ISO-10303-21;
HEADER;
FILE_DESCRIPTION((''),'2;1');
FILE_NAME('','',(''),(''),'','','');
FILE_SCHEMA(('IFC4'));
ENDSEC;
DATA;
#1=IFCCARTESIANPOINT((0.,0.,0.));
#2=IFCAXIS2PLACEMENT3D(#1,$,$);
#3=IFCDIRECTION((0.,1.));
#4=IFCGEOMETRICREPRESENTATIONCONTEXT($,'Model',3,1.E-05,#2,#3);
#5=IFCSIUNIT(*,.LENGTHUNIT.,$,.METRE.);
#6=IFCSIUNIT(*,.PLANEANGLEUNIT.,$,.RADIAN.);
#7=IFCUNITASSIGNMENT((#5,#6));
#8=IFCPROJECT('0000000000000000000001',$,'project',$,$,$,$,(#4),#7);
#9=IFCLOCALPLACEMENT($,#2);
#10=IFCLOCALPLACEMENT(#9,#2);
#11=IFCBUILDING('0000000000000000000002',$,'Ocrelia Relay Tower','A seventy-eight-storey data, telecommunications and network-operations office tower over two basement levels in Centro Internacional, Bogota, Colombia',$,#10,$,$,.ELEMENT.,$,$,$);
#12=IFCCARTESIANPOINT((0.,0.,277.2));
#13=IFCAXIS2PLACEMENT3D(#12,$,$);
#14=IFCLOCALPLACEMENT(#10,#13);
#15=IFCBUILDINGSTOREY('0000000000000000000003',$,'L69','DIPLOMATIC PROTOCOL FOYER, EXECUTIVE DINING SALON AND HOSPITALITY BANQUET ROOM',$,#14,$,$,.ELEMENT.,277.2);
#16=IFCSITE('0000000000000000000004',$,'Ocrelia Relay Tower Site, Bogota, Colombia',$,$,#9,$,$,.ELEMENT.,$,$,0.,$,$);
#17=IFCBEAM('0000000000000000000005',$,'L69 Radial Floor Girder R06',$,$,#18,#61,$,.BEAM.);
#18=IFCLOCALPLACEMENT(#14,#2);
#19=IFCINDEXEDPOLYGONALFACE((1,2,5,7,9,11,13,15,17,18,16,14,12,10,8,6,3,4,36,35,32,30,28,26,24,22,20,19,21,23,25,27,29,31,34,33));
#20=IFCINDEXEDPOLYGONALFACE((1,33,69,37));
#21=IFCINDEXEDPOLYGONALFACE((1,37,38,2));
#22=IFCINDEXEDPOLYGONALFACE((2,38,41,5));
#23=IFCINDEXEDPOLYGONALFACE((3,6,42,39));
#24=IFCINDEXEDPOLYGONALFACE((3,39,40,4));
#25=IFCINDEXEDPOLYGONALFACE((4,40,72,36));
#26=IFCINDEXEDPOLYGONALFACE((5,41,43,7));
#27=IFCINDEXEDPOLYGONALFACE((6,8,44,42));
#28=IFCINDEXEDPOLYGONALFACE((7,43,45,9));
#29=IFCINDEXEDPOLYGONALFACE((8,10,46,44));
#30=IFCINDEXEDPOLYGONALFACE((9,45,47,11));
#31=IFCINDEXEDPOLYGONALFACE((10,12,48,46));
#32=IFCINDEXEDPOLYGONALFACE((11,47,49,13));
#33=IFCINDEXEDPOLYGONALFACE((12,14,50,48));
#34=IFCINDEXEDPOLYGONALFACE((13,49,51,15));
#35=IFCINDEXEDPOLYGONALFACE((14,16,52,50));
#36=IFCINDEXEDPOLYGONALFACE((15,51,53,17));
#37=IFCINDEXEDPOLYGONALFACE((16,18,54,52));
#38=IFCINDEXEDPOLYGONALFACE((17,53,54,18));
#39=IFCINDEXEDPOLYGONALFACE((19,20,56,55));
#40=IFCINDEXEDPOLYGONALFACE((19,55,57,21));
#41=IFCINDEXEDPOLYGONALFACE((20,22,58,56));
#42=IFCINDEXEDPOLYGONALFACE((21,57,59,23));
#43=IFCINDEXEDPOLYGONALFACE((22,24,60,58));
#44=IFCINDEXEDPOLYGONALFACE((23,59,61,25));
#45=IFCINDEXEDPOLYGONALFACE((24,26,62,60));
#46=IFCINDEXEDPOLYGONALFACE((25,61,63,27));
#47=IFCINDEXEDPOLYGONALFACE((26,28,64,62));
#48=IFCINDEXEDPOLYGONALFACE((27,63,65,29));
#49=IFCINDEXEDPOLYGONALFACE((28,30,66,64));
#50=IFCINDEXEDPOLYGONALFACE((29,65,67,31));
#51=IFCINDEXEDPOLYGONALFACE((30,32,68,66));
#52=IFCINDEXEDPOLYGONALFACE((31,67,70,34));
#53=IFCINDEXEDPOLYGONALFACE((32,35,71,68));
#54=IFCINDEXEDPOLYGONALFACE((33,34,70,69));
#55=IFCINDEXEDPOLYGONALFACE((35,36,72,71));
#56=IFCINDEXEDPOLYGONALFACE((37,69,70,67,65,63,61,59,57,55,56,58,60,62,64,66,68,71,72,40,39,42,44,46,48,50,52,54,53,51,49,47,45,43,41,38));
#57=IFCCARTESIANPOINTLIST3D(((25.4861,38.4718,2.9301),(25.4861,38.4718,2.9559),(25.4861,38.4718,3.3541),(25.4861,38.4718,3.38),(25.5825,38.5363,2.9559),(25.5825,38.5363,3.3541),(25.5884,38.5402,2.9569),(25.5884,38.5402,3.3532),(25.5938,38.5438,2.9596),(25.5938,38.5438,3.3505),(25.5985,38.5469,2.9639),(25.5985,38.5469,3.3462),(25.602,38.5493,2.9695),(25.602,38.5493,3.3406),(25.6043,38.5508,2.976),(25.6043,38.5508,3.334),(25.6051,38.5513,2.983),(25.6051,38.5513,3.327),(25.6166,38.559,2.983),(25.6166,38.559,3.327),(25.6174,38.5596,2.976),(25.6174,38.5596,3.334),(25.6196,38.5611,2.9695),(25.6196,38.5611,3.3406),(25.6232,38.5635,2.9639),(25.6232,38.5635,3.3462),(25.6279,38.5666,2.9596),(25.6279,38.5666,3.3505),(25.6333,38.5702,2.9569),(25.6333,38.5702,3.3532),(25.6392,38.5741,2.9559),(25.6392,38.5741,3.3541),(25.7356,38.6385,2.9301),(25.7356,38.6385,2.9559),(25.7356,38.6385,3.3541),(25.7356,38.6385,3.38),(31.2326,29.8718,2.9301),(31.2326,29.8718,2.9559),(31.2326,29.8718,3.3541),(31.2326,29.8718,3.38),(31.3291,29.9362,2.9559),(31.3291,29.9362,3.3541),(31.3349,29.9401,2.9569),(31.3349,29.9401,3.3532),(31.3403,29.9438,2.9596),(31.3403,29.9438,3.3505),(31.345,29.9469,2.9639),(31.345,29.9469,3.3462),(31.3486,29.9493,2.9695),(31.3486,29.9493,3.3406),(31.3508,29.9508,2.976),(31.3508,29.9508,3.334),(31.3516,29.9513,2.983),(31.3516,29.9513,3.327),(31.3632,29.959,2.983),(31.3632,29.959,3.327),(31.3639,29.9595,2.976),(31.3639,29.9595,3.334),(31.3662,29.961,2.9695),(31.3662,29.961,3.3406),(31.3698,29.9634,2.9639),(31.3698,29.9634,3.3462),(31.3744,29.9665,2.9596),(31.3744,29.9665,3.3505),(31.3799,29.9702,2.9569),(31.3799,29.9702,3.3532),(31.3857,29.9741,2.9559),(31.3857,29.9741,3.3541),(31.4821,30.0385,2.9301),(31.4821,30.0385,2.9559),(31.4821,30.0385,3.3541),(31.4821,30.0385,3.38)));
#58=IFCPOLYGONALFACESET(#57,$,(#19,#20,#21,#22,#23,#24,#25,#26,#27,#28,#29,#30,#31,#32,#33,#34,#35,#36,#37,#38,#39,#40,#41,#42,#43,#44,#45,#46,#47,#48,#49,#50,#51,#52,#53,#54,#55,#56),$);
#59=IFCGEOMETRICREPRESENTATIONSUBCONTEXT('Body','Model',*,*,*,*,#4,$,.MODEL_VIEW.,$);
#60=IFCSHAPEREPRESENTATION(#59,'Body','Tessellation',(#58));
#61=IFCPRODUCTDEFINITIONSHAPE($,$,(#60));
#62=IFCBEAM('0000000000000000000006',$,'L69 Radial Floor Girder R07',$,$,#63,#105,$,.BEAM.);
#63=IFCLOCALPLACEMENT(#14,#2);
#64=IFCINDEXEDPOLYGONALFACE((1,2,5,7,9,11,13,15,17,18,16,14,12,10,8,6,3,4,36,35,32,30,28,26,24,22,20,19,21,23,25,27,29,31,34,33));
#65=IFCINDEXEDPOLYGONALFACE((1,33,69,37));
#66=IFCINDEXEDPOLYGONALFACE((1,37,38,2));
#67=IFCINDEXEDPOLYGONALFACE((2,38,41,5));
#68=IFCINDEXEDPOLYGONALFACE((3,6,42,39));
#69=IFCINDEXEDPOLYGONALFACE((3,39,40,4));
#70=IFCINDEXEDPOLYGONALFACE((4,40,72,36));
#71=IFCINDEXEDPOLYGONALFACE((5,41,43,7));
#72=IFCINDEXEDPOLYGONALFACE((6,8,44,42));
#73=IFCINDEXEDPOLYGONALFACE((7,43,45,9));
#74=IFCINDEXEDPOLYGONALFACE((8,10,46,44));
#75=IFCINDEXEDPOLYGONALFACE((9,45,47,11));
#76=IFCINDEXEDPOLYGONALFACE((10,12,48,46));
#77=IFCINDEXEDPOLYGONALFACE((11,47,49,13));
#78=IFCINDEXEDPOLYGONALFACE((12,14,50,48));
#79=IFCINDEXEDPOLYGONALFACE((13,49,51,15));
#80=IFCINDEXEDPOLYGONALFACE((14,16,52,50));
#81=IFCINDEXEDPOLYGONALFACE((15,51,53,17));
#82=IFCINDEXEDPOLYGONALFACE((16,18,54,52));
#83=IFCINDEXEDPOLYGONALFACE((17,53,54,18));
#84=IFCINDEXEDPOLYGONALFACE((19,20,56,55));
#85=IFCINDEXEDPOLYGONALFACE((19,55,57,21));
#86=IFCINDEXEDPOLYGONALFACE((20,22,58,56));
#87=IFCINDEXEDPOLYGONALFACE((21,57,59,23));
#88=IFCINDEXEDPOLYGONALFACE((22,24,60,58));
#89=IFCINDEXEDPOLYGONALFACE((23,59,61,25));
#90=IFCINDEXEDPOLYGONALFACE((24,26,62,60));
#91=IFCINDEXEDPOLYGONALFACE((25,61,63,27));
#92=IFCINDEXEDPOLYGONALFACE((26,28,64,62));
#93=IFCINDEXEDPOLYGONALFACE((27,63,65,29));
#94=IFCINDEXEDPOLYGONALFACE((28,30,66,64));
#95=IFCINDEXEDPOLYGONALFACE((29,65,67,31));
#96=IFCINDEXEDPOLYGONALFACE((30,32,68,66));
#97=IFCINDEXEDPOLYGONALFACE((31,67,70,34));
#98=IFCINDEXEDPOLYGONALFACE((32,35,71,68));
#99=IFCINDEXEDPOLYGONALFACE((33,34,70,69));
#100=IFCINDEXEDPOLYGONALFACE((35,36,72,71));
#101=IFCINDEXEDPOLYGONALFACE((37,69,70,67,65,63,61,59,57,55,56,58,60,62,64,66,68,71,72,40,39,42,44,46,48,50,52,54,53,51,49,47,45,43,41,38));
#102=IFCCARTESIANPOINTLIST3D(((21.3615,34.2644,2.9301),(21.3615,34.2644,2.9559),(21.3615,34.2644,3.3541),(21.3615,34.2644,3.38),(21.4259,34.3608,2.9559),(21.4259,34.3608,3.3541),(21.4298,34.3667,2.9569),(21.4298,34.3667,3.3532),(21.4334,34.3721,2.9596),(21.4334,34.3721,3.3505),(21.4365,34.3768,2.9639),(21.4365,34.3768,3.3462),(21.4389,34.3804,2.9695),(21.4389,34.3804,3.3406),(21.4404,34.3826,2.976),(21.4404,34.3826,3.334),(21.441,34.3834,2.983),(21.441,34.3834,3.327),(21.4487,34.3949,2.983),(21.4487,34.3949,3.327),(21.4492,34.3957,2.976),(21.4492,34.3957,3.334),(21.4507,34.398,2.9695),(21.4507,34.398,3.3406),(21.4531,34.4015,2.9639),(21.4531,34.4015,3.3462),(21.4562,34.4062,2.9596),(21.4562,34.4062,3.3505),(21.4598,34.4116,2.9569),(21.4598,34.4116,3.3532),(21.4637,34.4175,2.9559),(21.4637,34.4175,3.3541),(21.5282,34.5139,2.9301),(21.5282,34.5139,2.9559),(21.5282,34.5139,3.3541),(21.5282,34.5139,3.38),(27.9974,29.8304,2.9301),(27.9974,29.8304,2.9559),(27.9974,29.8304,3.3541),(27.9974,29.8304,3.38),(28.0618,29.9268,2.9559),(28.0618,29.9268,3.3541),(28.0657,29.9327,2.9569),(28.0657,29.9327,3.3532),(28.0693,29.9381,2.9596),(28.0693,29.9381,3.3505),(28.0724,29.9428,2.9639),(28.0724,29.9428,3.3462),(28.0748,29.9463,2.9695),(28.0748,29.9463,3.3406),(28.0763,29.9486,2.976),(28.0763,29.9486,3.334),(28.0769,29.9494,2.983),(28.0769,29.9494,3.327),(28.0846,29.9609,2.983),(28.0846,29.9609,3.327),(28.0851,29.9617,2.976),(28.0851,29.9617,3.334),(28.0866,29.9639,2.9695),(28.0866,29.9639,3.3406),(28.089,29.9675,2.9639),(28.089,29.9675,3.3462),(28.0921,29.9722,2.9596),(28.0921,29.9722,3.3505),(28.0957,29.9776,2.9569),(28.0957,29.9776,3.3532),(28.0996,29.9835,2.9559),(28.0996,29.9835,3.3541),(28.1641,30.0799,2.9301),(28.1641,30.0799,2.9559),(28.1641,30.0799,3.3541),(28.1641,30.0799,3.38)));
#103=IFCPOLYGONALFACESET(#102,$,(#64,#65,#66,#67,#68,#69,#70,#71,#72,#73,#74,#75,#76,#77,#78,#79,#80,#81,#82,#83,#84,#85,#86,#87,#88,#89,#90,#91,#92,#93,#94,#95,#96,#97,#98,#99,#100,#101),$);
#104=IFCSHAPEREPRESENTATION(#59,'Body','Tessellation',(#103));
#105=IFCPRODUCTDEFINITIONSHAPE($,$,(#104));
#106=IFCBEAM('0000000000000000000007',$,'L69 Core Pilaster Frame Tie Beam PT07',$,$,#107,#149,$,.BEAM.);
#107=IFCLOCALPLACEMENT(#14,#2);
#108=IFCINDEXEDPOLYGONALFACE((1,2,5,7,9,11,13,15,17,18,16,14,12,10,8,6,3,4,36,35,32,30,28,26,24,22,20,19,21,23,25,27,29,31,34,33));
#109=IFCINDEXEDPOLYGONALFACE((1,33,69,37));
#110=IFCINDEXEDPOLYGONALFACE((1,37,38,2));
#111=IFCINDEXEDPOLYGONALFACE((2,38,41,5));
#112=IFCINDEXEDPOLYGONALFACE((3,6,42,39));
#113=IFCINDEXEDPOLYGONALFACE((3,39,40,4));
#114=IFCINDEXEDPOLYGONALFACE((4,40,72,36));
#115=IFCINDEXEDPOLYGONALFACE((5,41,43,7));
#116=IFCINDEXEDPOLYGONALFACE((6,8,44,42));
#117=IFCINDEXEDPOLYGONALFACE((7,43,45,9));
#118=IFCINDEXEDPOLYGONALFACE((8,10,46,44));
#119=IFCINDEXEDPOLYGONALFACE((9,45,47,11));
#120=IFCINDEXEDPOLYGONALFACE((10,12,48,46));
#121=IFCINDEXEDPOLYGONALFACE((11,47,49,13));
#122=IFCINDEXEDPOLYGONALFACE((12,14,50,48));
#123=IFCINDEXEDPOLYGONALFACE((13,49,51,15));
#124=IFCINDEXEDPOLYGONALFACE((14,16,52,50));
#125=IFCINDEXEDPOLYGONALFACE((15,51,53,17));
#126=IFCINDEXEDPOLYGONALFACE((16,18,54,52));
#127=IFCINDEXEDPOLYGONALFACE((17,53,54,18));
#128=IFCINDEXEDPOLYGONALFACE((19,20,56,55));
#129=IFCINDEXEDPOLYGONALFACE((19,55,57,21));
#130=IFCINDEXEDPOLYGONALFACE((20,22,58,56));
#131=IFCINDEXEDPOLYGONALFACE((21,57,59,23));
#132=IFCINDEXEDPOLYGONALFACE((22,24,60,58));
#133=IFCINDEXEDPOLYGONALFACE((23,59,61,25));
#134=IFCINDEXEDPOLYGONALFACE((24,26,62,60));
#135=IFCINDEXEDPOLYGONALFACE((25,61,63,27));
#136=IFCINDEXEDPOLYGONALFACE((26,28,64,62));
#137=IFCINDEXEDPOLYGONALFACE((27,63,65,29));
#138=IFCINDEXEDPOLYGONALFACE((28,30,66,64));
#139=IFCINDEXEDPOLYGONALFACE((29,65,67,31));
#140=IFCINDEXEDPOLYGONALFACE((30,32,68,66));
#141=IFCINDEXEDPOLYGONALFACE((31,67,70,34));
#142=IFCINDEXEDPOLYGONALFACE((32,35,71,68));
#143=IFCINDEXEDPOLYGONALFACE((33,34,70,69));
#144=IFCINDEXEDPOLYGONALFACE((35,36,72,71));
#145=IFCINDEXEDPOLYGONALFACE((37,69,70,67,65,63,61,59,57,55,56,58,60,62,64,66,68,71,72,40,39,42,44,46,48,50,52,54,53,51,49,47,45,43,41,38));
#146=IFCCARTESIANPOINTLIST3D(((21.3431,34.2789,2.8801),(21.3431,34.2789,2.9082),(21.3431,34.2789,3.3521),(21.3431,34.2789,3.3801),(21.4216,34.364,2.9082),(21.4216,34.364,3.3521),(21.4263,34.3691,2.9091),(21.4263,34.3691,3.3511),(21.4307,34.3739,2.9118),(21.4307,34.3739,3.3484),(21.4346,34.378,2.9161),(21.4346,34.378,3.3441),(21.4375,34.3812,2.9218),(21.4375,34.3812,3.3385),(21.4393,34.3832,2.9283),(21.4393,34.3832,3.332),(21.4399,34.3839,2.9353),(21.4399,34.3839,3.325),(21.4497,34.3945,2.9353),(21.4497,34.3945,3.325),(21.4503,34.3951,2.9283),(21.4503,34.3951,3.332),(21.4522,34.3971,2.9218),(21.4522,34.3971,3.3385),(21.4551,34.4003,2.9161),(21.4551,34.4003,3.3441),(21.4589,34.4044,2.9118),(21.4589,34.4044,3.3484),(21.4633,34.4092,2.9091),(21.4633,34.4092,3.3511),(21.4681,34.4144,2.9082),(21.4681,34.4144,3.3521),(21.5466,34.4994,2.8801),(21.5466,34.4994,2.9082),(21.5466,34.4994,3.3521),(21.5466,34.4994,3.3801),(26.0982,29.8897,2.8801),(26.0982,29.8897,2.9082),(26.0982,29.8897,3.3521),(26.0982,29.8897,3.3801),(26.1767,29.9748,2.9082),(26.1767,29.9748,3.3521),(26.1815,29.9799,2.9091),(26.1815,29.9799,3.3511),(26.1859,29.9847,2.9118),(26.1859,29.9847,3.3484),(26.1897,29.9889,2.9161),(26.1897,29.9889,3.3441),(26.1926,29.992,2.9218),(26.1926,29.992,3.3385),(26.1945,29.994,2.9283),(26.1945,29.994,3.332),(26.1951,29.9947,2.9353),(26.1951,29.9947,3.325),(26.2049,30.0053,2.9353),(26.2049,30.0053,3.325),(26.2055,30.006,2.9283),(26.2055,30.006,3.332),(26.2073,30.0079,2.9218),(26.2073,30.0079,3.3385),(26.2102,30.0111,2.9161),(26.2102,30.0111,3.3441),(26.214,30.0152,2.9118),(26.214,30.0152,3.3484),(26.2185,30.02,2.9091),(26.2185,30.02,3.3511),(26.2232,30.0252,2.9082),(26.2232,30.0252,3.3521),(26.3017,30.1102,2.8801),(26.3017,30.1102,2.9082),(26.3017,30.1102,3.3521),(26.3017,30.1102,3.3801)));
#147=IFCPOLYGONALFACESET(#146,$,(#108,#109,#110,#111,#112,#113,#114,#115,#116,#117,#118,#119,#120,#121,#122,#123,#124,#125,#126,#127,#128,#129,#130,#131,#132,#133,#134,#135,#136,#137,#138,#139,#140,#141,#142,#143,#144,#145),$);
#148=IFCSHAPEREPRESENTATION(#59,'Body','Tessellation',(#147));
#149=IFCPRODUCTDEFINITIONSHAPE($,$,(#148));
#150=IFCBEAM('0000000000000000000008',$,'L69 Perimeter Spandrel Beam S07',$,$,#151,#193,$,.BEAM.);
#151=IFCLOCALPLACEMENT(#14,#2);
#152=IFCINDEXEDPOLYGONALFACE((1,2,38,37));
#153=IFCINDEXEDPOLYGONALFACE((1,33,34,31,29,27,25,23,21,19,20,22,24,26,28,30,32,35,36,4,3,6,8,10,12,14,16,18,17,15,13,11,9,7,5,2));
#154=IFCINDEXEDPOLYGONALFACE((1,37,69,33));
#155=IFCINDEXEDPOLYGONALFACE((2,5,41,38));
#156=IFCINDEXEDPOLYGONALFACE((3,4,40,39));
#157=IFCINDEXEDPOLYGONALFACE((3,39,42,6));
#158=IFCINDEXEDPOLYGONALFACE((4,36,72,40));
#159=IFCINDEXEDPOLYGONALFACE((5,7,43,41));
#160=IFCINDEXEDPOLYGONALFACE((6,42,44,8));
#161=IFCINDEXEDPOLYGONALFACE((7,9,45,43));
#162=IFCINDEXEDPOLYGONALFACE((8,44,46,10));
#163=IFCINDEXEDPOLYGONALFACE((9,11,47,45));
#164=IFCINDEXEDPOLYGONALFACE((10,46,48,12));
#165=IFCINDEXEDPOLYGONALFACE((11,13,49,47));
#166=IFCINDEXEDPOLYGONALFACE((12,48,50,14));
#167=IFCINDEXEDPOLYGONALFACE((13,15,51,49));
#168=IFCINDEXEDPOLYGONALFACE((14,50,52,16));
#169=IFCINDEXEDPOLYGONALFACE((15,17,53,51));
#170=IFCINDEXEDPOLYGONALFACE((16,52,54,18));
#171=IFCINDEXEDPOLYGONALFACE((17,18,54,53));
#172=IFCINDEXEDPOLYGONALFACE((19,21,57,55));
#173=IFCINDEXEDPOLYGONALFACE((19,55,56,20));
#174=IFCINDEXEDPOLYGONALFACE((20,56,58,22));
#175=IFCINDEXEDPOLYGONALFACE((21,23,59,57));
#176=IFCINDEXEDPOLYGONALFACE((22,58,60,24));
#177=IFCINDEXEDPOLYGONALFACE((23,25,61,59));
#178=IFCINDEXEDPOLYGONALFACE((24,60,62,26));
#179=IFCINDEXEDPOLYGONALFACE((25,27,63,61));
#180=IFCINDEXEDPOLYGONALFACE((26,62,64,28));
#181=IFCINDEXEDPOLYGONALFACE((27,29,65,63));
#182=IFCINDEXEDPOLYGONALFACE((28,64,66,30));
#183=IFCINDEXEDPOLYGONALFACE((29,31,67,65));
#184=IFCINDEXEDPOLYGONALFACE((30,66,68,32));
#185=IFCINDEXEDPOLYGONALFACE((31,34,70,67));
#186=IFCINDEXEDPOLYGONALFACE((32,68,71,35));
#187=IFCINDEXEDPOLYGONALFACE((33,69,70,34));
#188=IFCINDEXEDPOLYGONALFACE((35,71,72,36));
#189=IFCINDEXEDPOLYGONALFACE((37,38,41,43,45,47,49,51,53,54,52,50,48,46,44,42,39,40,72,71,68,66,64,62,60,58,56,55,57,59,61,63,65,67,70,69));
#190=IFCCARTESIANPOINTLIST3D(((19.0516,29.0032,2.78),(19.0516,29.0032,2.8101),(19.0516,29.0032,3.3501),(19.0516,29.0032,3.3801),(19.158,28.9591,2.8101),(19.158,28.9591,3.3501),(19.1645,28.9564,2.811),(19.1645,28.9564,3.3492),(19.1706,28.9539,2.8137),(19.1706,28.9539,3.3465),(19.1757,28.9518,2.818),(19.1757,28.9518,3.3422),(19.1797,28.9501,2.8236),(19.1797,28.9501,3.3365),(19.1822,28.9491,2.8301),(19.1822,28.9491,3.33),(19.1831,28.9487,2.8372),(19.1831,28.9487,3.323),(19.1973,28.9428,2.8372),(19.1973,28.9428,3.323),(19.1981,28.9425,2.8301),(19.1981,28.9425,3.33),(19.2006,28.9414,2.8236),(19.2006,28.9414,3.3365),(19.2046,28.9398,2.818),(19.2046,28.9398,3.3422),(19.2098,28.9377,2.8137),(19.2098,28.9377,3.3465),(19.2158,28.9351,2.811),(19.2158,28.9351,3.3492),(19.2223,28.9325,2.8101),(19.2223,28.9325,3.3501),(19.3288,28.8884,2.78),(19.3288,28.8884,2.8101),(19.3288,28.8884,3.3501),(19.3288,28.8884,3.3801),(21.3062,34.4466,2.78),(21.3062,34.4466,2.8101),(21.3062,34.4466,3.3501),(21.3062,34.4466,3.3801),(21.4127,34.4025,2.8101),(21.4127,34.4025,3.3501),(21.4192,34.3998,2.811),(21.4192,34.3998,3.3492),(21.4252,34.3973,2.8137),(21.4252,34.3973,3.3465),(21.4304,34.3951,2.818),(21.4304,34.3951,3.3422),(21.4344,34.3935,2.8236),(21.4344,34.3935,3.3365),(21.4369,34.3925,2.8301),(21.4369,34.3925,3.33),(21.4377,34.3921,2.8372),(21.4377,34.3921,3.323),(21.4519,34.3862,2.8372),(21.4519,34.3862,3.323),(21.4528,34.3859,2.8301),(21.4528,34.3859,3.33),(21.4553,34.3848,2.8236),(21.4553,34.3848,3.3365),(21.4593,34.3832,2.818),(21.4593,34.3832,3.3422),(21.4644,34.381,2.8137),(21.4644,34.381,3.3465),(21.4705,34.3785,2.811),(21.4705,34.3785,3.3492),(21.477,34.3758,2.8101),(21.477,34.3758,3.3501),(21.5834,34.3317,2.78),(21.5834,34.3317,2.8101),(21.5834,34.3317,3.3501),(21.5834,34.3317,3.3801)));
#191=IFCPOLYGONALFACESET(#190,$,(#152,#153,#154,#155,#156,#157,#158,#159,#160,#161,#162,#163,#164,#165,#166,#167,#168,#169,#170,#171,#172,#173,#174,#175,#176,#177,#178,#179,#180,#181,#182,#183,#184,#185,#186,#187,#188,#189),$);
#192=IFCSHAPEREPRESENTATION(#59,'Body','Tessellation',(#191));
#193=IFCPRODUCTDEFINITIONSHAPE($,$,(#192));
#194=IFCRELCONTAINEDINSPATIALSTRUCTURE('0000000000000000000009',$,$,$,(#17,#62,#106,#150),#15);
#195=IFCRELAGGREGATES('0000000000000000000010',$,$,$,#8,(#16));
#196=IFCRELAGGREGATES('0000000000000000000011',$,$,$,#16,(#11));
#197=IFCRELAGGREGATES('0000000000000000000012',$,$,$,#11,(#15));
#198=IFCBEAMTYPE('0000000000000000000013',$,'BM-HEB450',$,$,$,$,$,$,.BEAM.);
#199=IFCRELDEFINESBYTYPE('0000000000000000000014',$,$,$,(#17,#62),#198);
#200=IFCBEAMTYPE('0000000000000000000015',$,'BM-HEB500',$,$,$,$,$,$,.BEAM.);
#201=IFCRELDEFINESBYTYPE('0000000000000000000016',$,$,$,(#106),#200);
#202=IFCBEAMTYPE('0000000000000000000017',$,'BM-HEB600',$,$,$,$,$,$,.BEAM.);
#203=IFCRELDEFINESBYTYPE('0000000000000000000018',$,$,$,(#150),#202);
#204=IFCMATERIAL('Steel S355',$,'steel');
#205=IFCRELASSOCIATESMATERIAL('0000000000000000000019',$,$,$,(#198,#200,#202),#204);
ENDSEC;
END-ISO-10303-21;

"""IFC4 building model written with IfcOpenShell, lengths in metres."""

from ifc_helpers import new_model, si_unit, direction, frame, origin, origin_2d, place, context, subcontext, project, spatial, i_section, extrude, material, material_profile, profile_set, type_object, element, save


model = new_model("IFC4")

# Units and contexts
model_context = context("Model", 3, precision=1e-05, world=origin(), true_north=direction((0.0, 1.0)))
body_context = subcontext(model_context, "Body", "Model", "MODEL_VIEW")
ifc_project = project(units=[si_unit("LENGTHUNIT", "METRE"), si_unit("PLANEANGLEUNIT", "RADIAN")], contexts=[model_context])

# Site, building, storey
site_placement = place(None, origin())
site = spatial("IfcSite", under=ifc_project, at=site_placement, Name="Ocrelia Relay Tower Site, Bogota, Colombia", CompositionType="ELEMENT", RefElevation=0.0)
building_placement = place(site_placement, origin())
building = spatial("IfcBuilding", under=site, at=building_placement, Name="Ocrelia Relay Tower", Description="A seventy-eight-storey data, telecommunications and network-operations office tower over two basement levels in Centro Internacional, Bogota, Colombia", CompositionType="ELEMENT")
storey_placement = place(building_placement, frame((0.0, 0.0, 277.2)))
storey = spatial("IfcBuildingStorey", under=building, at=storey_placement, Name="L69", Description="DIPLOMATIC PROTOCOL FOYER, EXECUTIVE DINING SALON AND HOSPITALITY BANQUET ROOM", CompositionType="ELEMENT", Elevation=277.2)

# Beams
ifc_material_1 = material(Name="Steel S355", Category="steel")
ifc_material_profile_1 = material_profile(ifc_material_1, i_section(OverallWidth=0.3, OverallDepth=0.45, WebThickness=0.0139, FlangeThickness=0.0259, FilletRadius=0.0271, at=origin_2d()), Name="HEB 450")
ifc_profile_set_1 = profile_set([ifc_material_profile_1], Name="Steel S355")
beam_type_1 = type_object("IfcBeamType", Name="BM-HEB450", PredefinedType="BEAM", material=ifc_profile_set_1)
beam_1_placement = place(storey_placement, frame((25.6108, 38.5552, 3.155), z_axis=(0.555582, -0.831462, 0.0), x_axis=(0.831462, 0.555582, 0.0)))
element("IfcBeam", 1, at=beam_1_placement, inside=storey, type_object=beam_type_1, Name="L69 Radial Floor Girder R06", PredefinedType="BEAM", context=body_context, shape_type="SweptSolid", body=[
    extrude(i_section(OverallWidth=0.3, OverallDepth=0.45, WebThickness=0.0139, FlangeThickness=0.0259, FilletRadius=0.0271, at=origin_2d()), origin(), (0.0, 0.0, 1.0), 10.3433),
])
beam_2_placement = place(storey_placement, frame((21.4448, 34.3892, 3.155), z_axis=(0.831466, -0.555575, 0.0), x_axis=(0.555575, 0.831466, 0.0)))
element("IfcBeam", 2, at=beam_2_placement, inside=storey, type_object=beam_type_1, Name="L69 Radial Floor Girder R07", PredefinedType="BEAM", context=body_context, shape_type="SweptSolid", body=[
    extrude(i_section(OverallWidth=0.3, OverallDepth=0.45, WebThickness=0.0139, FlangeThickness=0.0259, FilletRadius=0.0271, at=origin_2d()), origin(), (0.0, 0.0, 1.0), 7.981),
])
ifc_material_profile_2 = material_profile(ifc_material_1, i_section(OverallWidth=0.3, OverallDepth=0.5, WebThickness=0.0144, FlangeThickness=0.0281, FilletRadius=0.0271, at=origin_2d()), Name="HEB 500")
ifc_profile_set_2 = profile_set([ifc_material_profile_2], Name="Steel S355")
beam_type_2 = type_object("IfcBeamType", Name="BM-HEB500", PredefinedType="BEAM", material=ifc_profile_set_2)
beam_3_placement = place(storey_placement, frame((21.4448, 34.3892, 3.1301), z_axis=(0.734818, -0.678264, 0.0), x_axis=(0.678264, 0.734818, 0.0)))
element("IfcBeam", 3, at=beam_3_placement, inside=storey, type_object=beam_type_2, Name="L69 Core Pilaster Frame Tie Beam PT07", PredefinedType="BEAM", context=body_context, shape_type="SweptSolid", body=[
    extrude(i_section(OverallWidth=0.3, OverallDepth=0.5, WebThickness=0.0144, FlangeThickness=0.0281, FilletRadius=0.0271, at=origin_2d()), origin(), (0.0, 0.0, 1.0), 6.4712),
])
ifc_material_profile_3 = material_profile(ifc_material_1, i_section(OverallWidth=0.3, OverallDepth=0.6001, WebThickness=0.0154, FlangeThickness=0.03, FilletRadius=0.0271, at=origin_2d()), Name="HEB 600")
ifc_profile_set_3 = profile_set([ifc_material_profile_3], Name="Steel S355")
beam_type_3 = type_object("IfcBeamType", Name="BM-HEB600", PredefinedType="BEAM", material=ifc_profile_set_3)
beam_4_placement = place(storey_placement, frame((21.4448, 34.3892, 3.0801), z_axis=(-0.382673, -0.923884, 0.0), x_axis=(0.923884, -0.382673, 0.0)))
element("IfcBeam", 4, at=beam_4_placement, inside=storey, type_object=beam_type_3, Name="L69 Perimeter Spandrel Beam S07", PredefinedType="BEAM", context=body_context, shape_type="SweptSolid", body=[
    extrude(i_section(OverallWidth=0.3, OverallDepth=0.6001, WebThickness=0.0154, FlangeThickness=0.03, FilletRadius=0.0271, at=origin_2d()), origin(), (0.0, 0.0, 1.0), 5.8918),
])

save(model, "model.ifc")
